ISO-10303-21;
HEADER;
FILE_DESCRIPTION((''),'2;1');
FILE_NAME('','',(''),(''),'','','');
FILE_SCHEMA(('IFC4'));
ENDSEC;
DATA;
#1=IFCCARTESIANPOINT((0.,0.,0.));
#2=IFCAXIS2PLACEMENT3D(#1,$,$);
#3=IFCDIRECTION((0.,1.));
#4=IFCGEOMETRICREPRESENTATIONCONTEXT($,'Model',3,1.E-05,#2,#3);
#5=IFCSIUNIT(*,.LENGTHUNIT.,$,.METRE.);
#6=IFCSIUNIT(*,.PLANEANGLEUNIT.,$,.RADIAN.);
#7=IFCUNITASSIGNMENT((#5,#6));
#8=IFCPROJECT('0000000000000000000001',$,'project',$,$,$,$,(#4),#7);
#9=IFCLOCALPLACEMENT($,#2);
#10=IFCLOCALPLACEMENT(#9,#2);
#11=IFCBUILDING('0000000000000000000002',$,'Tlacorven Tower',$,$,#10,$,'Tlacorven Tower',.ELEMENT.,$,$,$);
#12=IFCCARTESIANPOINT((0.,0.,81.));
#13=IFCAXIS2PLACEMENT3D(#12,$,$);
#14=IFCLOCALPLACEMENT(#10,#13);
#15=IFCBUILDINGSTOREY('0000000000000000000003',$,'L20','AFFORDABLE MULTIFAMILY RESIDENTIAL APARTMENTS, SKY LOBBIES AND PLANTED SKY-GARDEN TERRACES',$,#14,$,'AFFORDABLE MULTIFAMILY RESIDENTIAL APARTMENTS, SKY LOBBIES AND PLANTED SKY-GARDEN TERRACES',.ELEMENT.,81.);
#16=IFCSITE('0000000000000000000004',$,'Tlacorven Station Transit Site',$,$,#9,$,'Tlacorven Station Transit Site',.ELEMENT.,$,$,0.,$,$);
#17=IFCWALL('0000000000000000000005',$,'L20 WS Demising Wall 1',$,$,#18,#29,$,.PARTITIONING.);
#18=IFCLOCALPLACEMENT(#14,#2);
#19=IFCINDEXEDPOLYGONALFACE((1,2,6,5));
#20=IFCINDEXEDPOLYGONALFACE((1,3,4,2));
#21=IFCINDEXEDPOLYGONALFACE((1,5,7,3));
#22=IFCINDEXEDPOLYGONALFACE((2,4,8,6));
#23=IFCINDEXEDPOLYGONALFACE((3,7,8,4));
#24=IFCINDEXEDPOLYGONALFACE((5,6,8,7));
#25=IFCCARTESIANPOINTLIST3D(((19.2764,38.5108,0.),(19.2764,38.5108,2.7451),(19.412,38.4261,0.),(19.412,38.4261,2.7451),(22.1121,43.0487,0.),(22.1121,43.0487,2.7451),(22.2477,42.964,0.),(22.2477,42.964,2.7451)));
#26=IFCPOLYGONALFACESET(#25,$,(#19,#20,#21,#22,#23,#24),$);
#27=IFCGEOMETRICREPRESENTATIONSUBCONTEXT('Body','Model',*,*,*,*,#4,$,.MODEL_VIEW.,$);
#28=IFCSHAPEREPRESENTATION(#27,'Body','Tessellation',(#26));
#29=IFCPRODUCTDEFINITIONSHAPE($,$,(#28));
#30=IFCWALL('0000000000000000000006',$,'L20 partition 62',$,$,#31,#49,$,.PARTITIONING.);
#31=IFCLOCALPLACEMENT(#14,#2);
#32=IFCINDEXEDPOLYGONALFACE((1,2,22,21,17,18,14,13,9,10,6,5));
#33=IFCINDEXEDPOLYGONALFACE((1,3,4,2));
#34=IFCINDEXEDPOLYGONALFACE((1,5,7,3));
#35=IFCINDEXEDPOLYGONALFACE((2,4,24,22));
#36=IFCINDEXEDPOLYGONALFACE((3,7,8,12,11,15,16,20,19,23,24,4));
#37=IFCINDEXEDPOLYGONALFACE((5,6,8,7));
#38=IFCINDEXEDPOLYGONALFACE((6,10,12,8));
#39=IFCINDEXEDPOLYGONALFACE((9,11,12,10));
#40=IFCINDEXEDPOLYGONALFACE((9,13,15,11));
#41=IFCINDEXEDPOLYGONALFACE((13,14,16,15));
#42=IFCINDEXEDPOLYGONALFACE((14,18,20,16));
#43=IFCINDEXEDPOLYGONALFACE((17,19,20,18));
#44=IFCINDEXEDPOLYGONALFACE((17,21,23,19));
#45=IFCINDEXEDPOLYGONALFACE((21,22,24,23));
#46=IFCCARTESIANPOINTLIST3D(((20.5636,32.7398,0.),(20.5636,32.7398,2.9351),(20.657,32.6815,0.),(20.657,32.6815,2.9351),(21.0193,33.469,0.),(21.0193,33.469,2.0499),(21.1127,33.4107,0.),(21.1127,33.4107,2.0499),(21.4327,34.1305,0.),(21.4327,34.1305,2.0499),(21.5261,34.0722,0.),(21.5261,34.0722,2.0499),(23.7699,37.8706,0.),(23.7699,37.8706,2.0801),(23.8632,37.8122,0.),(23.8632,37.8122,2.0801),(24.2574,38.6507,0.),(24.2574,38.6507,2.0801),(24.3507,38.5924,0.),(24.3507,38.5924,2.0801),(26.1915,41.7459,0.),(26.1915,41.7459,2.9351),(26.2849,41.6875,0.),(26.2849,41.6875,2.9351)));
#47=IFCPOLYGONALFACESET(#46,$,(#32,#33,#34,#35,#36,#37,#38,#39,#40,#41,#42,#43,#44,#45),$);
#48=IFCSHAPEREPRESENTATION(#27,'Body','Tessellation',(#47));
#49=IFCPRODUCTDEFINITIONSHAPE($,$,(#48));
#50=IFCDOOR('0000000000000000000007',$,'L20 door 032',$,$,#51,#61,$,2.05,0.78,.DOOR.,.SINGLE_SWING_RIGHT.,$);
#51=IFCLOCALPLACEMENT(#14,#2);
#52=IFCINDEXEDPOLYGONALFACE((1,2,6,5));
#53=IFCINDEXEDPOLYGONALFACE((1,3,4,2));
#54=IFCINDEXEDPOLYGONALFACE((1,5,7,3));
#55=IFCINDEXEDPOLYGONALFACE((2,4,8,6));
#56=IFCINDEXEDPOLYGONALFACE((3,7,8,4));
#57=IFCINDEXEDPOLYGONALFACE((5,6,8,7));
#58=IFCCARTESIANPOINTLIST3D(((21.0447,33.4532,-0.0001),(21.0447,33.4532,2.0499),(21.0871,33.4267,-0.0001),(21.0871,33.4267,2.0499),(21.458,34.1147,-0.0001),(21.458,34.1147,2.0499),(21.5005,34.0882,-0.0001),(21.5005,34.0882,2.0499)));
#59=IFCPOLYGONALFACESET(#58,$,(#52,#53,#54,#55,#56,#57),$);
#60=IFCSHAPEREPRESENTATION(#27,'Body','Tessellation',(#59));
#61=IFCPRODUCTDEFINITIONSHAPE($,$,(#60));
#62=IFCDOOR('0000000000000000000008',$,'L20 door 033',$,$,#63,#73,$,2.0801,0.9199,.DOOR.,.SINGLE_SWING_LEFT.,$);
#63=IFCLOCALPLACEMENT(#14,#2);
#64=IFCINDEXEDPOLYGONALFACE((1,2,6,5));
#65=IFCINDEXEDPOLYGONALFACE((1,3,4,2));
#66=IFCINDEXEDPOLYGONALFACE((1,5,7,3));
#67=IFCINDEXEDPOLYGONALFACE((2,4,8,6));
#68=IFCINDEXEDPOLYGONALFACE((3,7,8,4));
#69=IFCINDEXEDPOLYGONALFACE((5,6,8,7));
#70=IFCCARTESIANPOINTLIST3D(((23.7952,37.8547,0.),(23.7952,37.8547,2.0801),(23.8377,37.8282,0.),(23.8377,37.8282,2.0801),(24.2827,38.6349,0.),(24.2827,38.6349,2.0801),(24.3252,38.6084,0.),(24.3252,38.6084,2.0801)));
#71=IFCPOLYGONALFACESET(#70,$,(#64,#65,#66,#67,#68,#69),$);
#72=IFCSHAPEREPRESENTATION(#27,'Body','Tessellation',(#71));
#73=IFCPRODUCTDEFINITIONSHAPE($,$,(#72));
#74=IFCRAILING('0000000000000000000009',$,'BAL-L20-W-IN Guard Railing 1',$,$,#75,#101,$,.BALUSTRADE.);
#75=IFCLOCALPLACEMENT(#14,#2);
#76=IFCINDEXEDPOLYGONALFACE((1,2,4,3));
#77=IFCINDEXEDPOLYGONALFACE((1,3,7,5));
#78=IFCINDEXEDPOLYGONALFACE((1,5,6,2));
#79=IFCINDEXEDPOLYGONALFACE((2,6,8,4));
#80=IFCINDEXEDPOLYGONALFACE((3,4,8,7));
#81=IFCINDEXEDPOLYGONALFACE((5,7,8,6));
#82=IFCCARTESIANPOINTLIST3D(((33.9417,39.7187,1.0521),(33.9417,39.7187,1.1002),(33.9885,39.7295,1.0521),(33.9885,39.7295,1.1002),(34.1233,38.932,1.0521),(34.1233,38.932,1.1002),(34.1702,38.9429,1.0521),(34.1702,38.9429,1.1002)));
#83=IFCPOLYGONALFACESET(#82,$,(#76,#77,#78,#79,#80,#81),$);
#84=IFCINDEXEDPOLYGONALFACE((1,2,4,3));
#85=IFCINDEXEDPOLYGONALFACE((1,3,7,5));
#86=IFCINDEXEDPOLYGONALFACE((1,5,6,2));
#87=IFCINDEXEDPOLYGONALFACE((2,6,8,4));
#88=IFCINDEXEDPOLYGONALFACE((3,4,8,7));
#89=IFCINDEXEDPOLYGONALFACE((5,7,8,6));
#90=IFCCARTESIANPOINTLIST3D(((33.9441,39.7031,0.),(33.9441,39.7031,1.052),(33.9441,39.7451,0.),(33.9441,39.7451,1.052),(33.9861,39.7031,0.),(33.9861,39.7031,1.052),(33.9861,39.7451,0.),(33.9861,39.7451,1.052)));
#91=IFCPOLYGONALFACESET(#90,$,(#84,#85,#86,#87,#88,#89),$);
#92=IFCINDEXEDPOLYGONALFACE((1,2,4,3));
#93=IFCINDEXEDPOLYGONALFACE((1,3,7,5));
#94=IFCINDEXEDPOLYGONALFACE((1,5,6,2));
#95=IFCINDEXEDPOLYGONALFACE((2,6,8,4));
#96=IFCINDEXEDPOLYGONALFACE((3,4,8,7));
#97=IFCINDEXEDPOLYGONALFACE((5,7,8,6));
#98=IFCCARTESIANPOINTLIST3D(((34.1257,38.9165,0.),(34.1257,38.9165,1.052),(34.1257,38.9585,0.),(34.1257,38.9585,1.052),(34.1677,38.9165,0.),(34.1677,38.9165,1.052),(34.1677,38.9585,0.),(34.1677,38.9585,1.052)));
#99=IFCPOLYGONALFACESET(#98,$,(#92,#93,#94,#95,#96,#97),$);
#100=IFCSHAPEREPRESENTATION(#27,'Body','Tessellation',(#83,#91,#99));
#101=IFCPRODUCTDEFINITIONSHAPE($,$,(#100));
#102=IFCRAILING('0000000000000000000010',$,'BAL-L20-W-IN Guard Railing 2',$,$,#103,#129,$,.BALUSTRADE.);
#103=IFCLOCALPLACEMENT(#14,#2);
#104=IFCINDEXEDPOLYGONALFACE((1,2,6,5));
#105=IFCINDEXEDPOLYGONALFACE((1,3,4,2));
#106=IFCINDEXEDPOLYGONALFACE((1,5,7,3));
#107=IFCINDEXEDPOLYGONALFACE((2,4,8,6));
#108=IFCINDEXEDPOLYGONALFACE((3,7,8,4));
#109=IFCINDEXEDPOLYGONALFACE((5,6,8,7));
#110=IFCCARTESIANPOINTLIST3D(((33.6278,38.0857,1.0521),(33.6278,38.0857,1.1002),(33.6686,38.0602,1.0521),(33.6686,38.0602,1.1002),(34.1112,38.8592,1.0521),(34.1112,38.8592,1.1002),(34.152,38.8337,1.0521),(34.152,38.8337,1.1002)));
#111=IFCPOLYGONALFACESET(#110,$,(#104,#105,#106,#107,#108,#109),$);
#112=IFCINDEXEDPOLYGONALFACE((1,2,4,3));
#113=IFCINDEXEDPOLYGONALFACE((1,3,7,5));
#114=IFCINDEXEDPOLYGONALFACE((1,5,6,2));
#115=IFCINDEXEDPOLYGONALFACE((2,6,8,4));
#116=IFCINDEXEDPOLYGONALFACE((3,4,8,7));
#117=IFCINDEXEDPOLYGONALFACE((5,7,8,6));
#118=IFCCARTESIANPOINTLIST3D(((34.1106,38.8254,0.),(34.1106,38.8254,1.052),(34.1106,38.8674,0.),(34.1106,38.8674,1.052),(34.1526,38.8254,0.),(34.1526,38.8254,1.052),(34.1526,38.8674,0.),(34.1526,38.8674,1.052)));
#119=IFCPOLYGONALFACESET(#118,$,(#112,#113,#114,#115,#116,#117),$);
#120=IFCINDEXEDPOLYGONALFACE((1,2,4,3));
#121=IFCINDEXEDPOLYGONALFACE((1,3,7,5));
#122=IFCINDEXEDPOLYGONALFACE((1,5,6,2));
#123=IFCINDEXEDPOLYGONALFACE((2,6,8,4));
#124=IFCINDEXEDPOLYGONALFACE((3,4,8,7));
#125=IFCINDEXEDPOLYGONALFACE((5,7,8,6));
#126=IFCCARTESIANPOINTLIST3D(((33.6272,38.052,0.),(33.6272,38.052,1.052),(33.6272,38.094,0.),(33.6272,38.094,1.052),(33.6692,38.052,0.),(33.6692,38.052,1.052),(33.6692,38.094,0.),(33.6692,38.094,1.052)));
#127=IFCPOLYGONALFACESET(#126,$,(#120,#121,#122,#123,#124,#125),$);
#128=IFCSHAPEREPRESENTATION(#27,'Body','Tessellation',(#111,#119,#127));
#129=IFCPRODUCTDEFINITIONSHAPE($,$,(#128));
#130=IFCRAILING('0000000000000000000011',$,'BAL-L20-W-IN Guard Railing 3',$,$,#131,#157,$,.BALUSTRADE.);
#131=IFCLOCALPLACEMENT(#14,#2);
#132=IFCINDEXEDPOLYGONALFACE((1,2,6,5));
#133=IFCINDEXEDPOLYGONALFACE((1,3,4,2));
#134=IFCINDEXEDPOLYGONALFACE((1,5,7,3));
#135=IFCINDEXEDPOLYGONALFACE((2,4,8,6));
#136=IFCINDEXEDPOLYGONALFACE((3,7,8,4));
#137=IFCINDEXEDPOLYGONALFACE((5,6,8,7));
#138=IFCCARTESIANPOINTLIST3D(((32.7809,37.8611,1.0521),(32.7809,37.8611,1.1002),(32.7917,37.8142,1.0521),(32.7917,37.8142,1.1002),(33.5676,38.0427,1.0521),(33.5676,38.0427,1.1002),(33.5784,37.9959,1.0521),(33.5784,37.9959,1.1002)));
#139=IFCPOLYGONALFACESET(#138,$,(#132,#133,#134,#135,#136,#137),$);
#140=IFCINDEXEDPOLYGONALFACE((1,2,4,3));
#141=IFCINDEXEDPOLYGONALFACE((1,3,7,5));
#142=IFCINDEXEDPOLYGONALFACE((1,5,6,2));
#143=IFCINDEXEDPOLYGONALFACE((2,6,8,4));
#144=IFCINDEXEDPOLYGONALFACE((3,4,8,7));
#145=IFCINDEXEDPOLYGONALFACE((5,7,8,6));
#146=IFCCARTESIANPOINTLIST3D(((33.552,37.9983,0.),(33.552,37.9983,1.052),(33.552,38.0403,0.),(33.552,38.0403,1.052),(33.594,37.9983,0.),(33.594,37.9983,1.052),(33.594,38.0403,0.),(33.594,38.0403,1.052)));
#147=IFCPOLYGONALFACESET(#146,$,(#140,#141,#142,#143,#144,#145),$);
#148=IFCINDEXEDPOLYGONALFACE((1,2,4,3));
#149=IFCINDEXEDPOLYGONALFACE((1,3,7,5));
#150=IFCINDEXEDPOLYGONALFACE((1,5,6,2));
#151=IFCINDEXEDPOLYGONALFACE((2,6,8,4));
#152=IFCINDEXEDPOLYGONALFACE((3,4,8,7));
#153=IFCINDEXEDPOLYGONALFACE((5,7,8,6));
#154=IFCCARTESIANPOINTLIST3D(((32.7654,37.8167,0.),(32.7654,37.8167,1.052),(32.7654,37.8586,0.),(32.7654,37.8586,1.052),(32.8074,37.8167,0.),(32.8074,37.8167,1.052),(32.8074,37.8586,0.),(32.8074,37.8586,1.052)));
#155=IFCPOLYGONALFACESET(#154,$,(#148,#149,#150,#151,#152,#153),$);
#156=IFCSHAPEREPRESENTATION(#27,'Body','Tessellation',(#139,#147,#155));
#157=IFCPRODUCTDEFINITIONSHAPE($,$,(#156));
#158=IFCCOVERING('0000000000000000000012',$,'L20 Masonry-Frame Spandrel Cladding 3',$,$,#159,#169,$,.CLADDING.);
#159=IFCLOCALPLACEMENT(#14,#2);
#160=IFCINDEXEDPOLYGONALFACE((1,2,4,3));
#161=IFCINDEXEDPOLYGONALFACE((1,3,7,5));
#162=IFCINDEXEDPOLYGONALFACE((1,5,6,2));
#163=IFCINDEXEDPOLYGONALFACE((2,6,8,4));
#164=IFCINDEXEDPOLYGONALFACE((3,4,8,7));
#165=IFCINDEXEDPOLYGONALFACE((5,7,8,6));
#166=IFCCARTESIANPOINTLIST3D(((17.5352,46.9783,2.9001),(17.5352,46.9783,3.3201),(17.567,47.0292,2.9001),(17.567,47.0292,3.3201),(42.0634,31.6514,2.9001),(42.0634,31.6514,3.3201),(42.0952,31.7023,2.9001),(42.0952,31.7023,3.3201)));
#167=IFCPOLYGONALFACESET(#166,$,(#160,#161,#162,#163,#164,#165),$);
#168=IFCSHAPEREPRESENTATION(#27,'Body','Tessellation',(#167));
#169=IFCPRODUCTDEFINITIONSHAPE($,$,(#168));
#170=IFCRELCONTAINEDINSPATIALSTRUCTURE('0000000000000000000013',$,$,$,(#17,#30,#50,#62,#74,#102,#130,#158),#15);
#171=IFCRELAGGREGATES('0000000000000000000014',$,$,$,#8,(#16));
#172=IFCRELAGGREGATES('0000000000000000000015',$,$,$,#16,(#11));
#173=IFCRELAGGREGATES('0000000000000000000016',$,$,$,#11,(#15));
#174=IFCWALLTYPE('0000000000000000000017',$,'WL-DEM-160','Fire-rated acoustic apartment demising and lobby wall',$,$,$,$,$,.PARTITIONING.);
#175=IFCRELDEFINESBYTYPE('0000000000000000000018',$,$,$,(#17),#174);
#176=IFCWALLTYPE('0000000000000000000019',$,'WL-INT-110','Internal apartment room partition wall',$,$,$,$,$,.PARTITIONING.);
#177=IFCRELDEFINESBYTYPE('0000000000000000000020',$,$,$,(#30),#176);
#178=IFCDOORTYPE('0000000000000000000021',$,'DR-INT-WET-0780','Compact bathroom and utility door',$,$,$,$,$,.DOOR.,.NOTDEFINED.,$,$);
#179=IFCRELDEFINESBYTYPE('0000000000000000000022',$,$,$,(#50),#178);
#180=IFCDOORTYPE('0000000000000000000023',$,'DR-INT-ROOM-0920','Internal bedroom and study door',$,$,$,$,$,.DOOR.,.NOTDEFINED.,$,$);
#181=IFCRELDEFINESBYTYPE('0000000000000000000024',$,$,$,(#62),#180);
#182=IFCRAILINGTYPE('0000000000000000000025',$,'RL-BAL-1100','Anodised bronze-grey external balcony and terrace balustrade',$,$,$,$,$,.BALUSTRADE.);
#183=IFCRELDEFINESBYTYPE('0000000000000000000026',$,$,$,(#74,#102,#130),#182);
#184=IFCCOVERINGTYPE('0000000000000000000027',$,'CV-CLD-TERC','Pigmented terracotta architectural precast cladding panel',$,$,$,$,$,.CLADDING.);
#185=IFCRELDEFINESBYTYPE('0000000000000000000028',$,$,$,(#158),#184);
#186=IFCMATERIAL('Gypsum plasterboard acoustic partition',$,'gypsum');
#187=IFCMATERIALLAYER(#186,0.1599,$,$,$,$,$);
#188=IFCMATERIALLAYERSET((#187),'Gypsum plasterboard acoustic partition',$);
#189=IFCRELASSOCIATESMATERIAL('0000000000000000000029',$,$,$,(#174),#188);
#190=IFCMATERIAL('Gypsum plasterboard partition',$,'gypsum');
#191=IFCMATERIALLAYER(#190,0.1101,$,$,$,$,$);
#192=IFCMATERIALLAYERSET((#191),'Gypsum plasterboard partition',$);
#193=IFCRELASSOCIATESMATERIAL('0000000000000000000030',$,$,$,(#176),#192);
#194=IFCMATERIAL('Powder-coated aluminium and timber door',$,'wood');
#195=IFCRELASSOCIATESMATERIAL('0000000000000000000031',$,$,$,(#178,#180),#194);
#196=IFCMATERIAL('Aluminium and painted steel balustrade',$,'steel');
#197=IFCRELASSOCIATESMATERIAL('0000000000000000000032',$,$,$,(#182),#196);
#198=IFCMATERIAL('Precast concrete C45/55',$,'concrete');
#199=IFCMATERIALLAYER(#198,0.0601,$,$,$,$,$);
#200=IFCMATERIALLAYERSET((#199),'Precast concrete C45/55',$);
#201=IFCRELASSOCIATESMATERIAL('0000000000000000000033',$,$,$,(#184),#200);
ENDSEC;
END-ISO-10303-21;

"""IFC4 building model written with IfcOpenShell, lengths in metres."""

from ifc_helpers import new_model, si_unit, direction, frame, frame_2d, origin, origin_2d, place, context, subcontext, project, spatial, rectangle, extrude, source, transform, mapped, material, layer, layer_set, type_object, element, fill, save


model = new_model("IFC4")

# Units and contexts
model_context = context("Model", 3, precision=1e-05, world=origin(), true_north=direction((0.0, 1.0)))
body_context = subcontext(model_context, "Body", "Model", "MODEL_VIEW")
ifc_project = project(units=[si_unit("LENGTHUNIT", "METRE"), si_unit("PLANEANGLEUNIT", "RADIAN")], contexts=[model_context])

# Site, building, storey
site_placement = place(None, origin())
site = spatial("IfcSite", under=ifc_project, at=site_placement, Name="Tlacorven Station Transit Site", LongName="Tlacorven Station Transit Site", CompositionType="ELEMENT", RefElevation=0.0)
building_placement = place(site_placement, origin())
building = spatial("IfcBuilding", under=site, at=building_placement, Name="Tlacorven Tower", LongName="Tlacorven Tower", CompositionType="ELEMENT")
storey_placement = place(building_placement, frame((0.0, 0.0, 81.0)))
storey = spatial("IfcBuildingStorey", under=building, at=storey_placement, Name="L20", Description="AFFORDABLE MULTIFAMILY RESIDENTIAL APARTMENTS, SKY LOBBIES AND PLANTED SKY-GARDEN TERRACES", LongName="AFFORDABLE MULTIFAMILY RESIDENTIAL APARTMENTS, SKY LOBBIES AND PLANTED SKY-GARDEN TERRACES", CompositionType="ELEMENT", Elevation=81.0)

# Wall
ifc_material_1 = material(Name="Gypsum plasterboard acoustic partition", Category="gypsum")
ifc_layer_1 = layer(ifc_material_1, 0.1599)
ifc_layer_set_1 = layer_set([ifc_layer_1], Name="Gypsum plasterboard acoustic partition")
wall_type_1 = type_object("IfcWallType", Name="WL-DEM-160", Description="Fire-rated acoustic apartment demising and lobby wall", PredefinedType="PARTITIONING", material=ifc_layer_set_1)
wall_1_placement = place(storey_placement, frame((22.1799, 43.0063, 0.0), z_axis=(0.0, 0.0, 1.0), x_axis=(-0.529937, -0.848037, 0.0)))
element("IfcWall", 1, at=wall_1_placement, inside=storey, type_object=wall_type_1, Name="L20 WS Demising Wall 1", PredefinedType="PARTITIONING", context=body_context, shape_type="SweptSolid", body=[
    extrude(rectangle(XDim=5.3511, YDim=0.1599, at=frame_2d((2.6755, 0.0))), origin(), (0.0, 0.0, 1.0), 2.7451),
])

# Wall, openings, doors
ifc_material_2 = material(Name="Gypsum plasterboard partition", Category="gypsum")
ifc_layer_2 = layer(ifc_material_2, 0.1101)
ifc_layer_set_2 = layer_set([ifc_layer_2], Name="Gypsum plasterboard partition")
wall_type_2 = type_object("IfcWallType", Name="WL-INT-110", Description="Internal apartment room partition wall", PredefinedType="PARTITIONING", material=ifc_layer_set_2)
wall_2_placement = place(storey_placement, frame((26.2383, 41.7168, 0.0), z_axis=(0.0, 0.0, 1.0), x_axis=(-0.529939, -0.848036, 0.0)))
wall_2 = element("IfcWall", 2, at=wall_2_placement, inside=storey, type_object=wall_type_2, Name="L20 partition 62", PredefinedType="PARTITIONING", context=body_context, shape_type="SweptSolid", body=[
    extrude(rectangle(XDim=10.6199, YDim=0.1101, at=frame_2d((5.3101, 0.0))), origin(), (0.0, 0.0, 1.0), 2.9351),
])
opening_1_placement = place(wall_2_placement, frame((8.98, 0.0, 0.0)))
opening_1 = element("IfcOpeningElement", 3, at=opening_1_placement, cuts=wall_2, PredefinedType="OPENING", context=body_context, shape_type="SweptSolid", body=[
    extrude(rectangle(XDim=0.78, YDim=2.05, at=frame_2d((0.3901, 1.0249))), frame((0.0, 0.0649, 0.0), z_axis=(0.0, -1.0, 0.0), x_axis=(1.0, 0.0, 0.0)), (0.0, 0.0, 1.0), 0.1301),
])
opening_2_placement = place(wall_2_placement, frame((3.6499, 0.0, 0.0)))
opening_2 = element("IfcOpeningElement", 4, at=opening_2_placement, cuts=wall_2, PredefinedType="OPENING", context=body_context, shape_type="SweptSolid", body=[
    extrude(rectangle(XDim=0.9199, YDim=2.0801, at=frame_2d((0.46, 1.04))), frame((0.0, 0.0649, 0.0), z_axis=(0.0, -1.0, 0.0), x_axis=(1.0, 0.0, 0.0)), (0.0, 0.0, 1.0), 0.1301),
])
ifc_material_3 = material(Name="Powder-coated aluminium and timber door", Category="wood")
door_type_1 = type_object("IfcDoorType", Name="DR-INT-WET-0780", Description="Compact bathroom and utility door", OperationType="NOTDEFINED", PredefinedType="DOOR", material=ifc_material_3)
shared_shape_1 = source(origin(), body_context, "Body", "SweptSolid", [
    extrude(rectangle(XDim=0.78, YDim=2.05, at=frame_2d((0.3901, 1.0249))), frame((0.0, 0.0249, 0.0), z_axis=(0.0, -1.0, 0.0), x_axis=(1.0, 0.0, 0.0)), (0.0, 0.0, 1.0), 0.05),
])
door_1_placement = place(opening_1_placement, origin())
door_1 = element("IfcDoor", 5, at=door_1_placement, inside=storey, type_object=door_type_1, Name="L20 door 032", OperationType="SINGLE_SWING_RIGHT", OverallHeight=2.05, OverallWidth=0.78, PredefinedType="DOOR", context=body_context, shape_type="MappedRepresentation", body=[
    mapped(shared_shape_1, transform((0.0, 0.0, 0.0), scale=1.0)),
])
fill(opening_1, door_1)
door_type_2 = type_object("IfcDoorType", Name="DR-INT-ROOM-0920", Description="Internal bedroom and study door", OperationType="NOTDEFINED", PredefinedType="DOOR", material=ifc_material_3)
shared_shape_2 = source(origin(), body_context, "Body", "SweptSolid", [
    extrude(rectangle(XDim=0.9199, YDim=2.0801, at=frame_2d((0.46, 1.04))), frame((0.0, 0.0249, 0.0), z_axis=(0.0, -1.0, 0.0), x_axis=(1.0, 0.0, 0.0)), (0.0, 0.0, 1.0), 0.05),
])
door_2_placement = place(opening_2_placement, origin())
door_2 = element("IfcDoor", 6, at=door_2_placement, inside=storey, type_object=door_type_2, Name="L20 door 033", OperationType="SINGLE_SWING_LEFT", OverallHeight=2.0801, OverallWidth=0.9199, PredefinedType="DOOR", context=body_context, shape_type="MappedRepresentation", body=[
    mapped(shared_shape_2, transform((0.0, 0.0, 0.0), scale=1.0)),
])
fill(opening_2, door_2)

# Railings
ifc_material_4 = material(Name="Aluminium and painted steel balustrade", Category="steel")
railing_type = type_object("IfcRailingType", Name="RL-BAL-1100", Description="Anodised bronze-grey external balcony and terrace balustrade", PredefinedType="BALUSTRADE", material=ifc_material_4)
shared_shape_3 = source(origin(), body_context, "Body", "SweptSolid", [
    extrude(rectangle(XDim=0.0481, YDim=0.0481, at=origin_2d()), frame((0.0, 0.0, 1.0762), z_axis=(0.224992, -0.974361, 0.0), x_axis=(0.974361, 0.224992, 0.0)), (0.0, 0.0, 1.0), 0.8074),
    extrude(rectangle(XDim=0.042, YDim=0.042, at=origin_2d()), origin(), (0.0, 0.0, 1.0), 1.052),
    extrude(rectangle(XDim=0.042, YDim=0.042, at=origin_2d()), frame((0.1816, -0.7866, 0.0)), (0.0, 0.0, 1.0), 1.052),
])
railing_1_placement = place(storey_placement, frame((33.9651, 39.7241, 0.0)))
element("IfcRailing", 7, at=railing_1_placement, inside=storey, type_object=railing_type, Name="BAL-L20-W-IN Guard Railing 1", PredefinedType="BALUSTRADE", context=body_context, shape_type="MappedRepresentation", body=[
    mapped(shared_shape_3, transform((0.0, 0.0, 0.0), scale=1.0)),
])
shared_shape_4 = source(origin(), body_context, "Body", "SweptSolid", [
    extrude(rectangle(XDim=0.0481, YDim=0.0481, at=origin_2d()), frame((0.0, 0.0, 1.0762), z_axis=(-0.529999, -0.847998, 0.0), x_axis=(0.847998, -0.529999, 0.0)), (0.0, 0.0, 1.0), 0.9121),
    extrude(rectangle(XDim=0.042, YDim=0.042, at=origin_2d()), origin(), (0.0, 0.0, 1.0), 1.052),
    extrude(rectangle(XDim=0.042, YDim=0.042, at=origin_2d()), frame((-0.4834, -0.7734, 0.0)), (0.0, 0.0, 1.0), 1.052),
])
railing_2_placement = place(storey_placement, frame((34.1316, 38.8464, 0.0)))
element("IfcRailing", 8, at=railing_2_placement, inside=storey, type_object=railing_type, Name="BAL-L20-W-IN Guard Railing 2", PredefinedType="BALUSTRADE", context=body_context, shape_type="MappedRepresentation", body=[
    mapped(shared_shape_4, transform((0.0, 0.0, 0.0), scale=1.0)),
])
shared_shape_5 = source(origin(), body_context, "Body", "SweptSolid", [
    extrude(rectangle(XDim=0.0481, YDim=0.0481, at=origin_2d()), frame((0.0, 0.0, 1.0762), z_axis=(-0.974361, -0.224992, 0.0), x_axis=(0.224992, -0.974361, 0.0)), (0.0, 0.0, 1.0), 0.8074),
    extrude(rectangle(XDim=0.042, YDim=0.042, at=origin_2d()), origin(), (0.0, 0.0, 1.0), 1.052),
    extrude(rectangle(XDim=0.042, YDim=0.042, at=origin_2d()), frame((-0.7866, -0.1816, 0.0)), (0.0, 0.0, 1.0), 1.052),
])
railing_3_placement = place(storey_placement, frame((33.573, 38.0193, 0.0)))
element("IfcRailing", 9, at=railing_3_placement, inside=storey, type_object=railing_type, Name="BAL-L20-W-IN Guard Railing 3", PredefinedType="BALUSTRADE", context=body_context, shape_type="MappedRepresentation", body=[
    mapped(shared_shape_5, transform((0.0, 0.0, 0.0), scale=1.0)),
])

# Covering
ifc_material_5 = material(Name="Precast concrete C45/55", Category="concrete")
ifc_layer_3 = layer(ifc_material_5, 0.0601)
ifc_layer_set_3 = layer_set([ifc_layer_3], Name="Precast concrete C45/55")
covering_type = type_object("IfcCoveringType", Name="CV-CLD-TERC", Description="Pigmented terracotta architectural precast cladding panel", PredefinedType="CLADDING", material=ifc_layer_set_3)
shared_shape_6 = source(origin(), body_context, "Body", "SweptSolid", [
    extrude(rectangle(XDim=28.9231, YDim=0.0601, at=origin_2d()), origin(), (0.0, 0.0, 1.0), 0.4199),
])
covering_placement = place(storey_placement, frame((29.8152, 39.3403, 2.9001), z_axis=(0.0, 0.0, 1.0), x_axis=(0.848048, -0.529919, 0.0)))
element("IfcCovering", 10, at=covering_placement, inside=storey, type_object=covering_type, Name="L20 Masonry-Frame Spandrel Cladding 3", PredefinedType="CLADDING", context=body_context, shape_type="MappedRepresentation", body=[
    mapped(shared_shape_6, transform((0.0, 0.0, 0.0), scale=1.0)),
])

save(model, "model.ifc")
